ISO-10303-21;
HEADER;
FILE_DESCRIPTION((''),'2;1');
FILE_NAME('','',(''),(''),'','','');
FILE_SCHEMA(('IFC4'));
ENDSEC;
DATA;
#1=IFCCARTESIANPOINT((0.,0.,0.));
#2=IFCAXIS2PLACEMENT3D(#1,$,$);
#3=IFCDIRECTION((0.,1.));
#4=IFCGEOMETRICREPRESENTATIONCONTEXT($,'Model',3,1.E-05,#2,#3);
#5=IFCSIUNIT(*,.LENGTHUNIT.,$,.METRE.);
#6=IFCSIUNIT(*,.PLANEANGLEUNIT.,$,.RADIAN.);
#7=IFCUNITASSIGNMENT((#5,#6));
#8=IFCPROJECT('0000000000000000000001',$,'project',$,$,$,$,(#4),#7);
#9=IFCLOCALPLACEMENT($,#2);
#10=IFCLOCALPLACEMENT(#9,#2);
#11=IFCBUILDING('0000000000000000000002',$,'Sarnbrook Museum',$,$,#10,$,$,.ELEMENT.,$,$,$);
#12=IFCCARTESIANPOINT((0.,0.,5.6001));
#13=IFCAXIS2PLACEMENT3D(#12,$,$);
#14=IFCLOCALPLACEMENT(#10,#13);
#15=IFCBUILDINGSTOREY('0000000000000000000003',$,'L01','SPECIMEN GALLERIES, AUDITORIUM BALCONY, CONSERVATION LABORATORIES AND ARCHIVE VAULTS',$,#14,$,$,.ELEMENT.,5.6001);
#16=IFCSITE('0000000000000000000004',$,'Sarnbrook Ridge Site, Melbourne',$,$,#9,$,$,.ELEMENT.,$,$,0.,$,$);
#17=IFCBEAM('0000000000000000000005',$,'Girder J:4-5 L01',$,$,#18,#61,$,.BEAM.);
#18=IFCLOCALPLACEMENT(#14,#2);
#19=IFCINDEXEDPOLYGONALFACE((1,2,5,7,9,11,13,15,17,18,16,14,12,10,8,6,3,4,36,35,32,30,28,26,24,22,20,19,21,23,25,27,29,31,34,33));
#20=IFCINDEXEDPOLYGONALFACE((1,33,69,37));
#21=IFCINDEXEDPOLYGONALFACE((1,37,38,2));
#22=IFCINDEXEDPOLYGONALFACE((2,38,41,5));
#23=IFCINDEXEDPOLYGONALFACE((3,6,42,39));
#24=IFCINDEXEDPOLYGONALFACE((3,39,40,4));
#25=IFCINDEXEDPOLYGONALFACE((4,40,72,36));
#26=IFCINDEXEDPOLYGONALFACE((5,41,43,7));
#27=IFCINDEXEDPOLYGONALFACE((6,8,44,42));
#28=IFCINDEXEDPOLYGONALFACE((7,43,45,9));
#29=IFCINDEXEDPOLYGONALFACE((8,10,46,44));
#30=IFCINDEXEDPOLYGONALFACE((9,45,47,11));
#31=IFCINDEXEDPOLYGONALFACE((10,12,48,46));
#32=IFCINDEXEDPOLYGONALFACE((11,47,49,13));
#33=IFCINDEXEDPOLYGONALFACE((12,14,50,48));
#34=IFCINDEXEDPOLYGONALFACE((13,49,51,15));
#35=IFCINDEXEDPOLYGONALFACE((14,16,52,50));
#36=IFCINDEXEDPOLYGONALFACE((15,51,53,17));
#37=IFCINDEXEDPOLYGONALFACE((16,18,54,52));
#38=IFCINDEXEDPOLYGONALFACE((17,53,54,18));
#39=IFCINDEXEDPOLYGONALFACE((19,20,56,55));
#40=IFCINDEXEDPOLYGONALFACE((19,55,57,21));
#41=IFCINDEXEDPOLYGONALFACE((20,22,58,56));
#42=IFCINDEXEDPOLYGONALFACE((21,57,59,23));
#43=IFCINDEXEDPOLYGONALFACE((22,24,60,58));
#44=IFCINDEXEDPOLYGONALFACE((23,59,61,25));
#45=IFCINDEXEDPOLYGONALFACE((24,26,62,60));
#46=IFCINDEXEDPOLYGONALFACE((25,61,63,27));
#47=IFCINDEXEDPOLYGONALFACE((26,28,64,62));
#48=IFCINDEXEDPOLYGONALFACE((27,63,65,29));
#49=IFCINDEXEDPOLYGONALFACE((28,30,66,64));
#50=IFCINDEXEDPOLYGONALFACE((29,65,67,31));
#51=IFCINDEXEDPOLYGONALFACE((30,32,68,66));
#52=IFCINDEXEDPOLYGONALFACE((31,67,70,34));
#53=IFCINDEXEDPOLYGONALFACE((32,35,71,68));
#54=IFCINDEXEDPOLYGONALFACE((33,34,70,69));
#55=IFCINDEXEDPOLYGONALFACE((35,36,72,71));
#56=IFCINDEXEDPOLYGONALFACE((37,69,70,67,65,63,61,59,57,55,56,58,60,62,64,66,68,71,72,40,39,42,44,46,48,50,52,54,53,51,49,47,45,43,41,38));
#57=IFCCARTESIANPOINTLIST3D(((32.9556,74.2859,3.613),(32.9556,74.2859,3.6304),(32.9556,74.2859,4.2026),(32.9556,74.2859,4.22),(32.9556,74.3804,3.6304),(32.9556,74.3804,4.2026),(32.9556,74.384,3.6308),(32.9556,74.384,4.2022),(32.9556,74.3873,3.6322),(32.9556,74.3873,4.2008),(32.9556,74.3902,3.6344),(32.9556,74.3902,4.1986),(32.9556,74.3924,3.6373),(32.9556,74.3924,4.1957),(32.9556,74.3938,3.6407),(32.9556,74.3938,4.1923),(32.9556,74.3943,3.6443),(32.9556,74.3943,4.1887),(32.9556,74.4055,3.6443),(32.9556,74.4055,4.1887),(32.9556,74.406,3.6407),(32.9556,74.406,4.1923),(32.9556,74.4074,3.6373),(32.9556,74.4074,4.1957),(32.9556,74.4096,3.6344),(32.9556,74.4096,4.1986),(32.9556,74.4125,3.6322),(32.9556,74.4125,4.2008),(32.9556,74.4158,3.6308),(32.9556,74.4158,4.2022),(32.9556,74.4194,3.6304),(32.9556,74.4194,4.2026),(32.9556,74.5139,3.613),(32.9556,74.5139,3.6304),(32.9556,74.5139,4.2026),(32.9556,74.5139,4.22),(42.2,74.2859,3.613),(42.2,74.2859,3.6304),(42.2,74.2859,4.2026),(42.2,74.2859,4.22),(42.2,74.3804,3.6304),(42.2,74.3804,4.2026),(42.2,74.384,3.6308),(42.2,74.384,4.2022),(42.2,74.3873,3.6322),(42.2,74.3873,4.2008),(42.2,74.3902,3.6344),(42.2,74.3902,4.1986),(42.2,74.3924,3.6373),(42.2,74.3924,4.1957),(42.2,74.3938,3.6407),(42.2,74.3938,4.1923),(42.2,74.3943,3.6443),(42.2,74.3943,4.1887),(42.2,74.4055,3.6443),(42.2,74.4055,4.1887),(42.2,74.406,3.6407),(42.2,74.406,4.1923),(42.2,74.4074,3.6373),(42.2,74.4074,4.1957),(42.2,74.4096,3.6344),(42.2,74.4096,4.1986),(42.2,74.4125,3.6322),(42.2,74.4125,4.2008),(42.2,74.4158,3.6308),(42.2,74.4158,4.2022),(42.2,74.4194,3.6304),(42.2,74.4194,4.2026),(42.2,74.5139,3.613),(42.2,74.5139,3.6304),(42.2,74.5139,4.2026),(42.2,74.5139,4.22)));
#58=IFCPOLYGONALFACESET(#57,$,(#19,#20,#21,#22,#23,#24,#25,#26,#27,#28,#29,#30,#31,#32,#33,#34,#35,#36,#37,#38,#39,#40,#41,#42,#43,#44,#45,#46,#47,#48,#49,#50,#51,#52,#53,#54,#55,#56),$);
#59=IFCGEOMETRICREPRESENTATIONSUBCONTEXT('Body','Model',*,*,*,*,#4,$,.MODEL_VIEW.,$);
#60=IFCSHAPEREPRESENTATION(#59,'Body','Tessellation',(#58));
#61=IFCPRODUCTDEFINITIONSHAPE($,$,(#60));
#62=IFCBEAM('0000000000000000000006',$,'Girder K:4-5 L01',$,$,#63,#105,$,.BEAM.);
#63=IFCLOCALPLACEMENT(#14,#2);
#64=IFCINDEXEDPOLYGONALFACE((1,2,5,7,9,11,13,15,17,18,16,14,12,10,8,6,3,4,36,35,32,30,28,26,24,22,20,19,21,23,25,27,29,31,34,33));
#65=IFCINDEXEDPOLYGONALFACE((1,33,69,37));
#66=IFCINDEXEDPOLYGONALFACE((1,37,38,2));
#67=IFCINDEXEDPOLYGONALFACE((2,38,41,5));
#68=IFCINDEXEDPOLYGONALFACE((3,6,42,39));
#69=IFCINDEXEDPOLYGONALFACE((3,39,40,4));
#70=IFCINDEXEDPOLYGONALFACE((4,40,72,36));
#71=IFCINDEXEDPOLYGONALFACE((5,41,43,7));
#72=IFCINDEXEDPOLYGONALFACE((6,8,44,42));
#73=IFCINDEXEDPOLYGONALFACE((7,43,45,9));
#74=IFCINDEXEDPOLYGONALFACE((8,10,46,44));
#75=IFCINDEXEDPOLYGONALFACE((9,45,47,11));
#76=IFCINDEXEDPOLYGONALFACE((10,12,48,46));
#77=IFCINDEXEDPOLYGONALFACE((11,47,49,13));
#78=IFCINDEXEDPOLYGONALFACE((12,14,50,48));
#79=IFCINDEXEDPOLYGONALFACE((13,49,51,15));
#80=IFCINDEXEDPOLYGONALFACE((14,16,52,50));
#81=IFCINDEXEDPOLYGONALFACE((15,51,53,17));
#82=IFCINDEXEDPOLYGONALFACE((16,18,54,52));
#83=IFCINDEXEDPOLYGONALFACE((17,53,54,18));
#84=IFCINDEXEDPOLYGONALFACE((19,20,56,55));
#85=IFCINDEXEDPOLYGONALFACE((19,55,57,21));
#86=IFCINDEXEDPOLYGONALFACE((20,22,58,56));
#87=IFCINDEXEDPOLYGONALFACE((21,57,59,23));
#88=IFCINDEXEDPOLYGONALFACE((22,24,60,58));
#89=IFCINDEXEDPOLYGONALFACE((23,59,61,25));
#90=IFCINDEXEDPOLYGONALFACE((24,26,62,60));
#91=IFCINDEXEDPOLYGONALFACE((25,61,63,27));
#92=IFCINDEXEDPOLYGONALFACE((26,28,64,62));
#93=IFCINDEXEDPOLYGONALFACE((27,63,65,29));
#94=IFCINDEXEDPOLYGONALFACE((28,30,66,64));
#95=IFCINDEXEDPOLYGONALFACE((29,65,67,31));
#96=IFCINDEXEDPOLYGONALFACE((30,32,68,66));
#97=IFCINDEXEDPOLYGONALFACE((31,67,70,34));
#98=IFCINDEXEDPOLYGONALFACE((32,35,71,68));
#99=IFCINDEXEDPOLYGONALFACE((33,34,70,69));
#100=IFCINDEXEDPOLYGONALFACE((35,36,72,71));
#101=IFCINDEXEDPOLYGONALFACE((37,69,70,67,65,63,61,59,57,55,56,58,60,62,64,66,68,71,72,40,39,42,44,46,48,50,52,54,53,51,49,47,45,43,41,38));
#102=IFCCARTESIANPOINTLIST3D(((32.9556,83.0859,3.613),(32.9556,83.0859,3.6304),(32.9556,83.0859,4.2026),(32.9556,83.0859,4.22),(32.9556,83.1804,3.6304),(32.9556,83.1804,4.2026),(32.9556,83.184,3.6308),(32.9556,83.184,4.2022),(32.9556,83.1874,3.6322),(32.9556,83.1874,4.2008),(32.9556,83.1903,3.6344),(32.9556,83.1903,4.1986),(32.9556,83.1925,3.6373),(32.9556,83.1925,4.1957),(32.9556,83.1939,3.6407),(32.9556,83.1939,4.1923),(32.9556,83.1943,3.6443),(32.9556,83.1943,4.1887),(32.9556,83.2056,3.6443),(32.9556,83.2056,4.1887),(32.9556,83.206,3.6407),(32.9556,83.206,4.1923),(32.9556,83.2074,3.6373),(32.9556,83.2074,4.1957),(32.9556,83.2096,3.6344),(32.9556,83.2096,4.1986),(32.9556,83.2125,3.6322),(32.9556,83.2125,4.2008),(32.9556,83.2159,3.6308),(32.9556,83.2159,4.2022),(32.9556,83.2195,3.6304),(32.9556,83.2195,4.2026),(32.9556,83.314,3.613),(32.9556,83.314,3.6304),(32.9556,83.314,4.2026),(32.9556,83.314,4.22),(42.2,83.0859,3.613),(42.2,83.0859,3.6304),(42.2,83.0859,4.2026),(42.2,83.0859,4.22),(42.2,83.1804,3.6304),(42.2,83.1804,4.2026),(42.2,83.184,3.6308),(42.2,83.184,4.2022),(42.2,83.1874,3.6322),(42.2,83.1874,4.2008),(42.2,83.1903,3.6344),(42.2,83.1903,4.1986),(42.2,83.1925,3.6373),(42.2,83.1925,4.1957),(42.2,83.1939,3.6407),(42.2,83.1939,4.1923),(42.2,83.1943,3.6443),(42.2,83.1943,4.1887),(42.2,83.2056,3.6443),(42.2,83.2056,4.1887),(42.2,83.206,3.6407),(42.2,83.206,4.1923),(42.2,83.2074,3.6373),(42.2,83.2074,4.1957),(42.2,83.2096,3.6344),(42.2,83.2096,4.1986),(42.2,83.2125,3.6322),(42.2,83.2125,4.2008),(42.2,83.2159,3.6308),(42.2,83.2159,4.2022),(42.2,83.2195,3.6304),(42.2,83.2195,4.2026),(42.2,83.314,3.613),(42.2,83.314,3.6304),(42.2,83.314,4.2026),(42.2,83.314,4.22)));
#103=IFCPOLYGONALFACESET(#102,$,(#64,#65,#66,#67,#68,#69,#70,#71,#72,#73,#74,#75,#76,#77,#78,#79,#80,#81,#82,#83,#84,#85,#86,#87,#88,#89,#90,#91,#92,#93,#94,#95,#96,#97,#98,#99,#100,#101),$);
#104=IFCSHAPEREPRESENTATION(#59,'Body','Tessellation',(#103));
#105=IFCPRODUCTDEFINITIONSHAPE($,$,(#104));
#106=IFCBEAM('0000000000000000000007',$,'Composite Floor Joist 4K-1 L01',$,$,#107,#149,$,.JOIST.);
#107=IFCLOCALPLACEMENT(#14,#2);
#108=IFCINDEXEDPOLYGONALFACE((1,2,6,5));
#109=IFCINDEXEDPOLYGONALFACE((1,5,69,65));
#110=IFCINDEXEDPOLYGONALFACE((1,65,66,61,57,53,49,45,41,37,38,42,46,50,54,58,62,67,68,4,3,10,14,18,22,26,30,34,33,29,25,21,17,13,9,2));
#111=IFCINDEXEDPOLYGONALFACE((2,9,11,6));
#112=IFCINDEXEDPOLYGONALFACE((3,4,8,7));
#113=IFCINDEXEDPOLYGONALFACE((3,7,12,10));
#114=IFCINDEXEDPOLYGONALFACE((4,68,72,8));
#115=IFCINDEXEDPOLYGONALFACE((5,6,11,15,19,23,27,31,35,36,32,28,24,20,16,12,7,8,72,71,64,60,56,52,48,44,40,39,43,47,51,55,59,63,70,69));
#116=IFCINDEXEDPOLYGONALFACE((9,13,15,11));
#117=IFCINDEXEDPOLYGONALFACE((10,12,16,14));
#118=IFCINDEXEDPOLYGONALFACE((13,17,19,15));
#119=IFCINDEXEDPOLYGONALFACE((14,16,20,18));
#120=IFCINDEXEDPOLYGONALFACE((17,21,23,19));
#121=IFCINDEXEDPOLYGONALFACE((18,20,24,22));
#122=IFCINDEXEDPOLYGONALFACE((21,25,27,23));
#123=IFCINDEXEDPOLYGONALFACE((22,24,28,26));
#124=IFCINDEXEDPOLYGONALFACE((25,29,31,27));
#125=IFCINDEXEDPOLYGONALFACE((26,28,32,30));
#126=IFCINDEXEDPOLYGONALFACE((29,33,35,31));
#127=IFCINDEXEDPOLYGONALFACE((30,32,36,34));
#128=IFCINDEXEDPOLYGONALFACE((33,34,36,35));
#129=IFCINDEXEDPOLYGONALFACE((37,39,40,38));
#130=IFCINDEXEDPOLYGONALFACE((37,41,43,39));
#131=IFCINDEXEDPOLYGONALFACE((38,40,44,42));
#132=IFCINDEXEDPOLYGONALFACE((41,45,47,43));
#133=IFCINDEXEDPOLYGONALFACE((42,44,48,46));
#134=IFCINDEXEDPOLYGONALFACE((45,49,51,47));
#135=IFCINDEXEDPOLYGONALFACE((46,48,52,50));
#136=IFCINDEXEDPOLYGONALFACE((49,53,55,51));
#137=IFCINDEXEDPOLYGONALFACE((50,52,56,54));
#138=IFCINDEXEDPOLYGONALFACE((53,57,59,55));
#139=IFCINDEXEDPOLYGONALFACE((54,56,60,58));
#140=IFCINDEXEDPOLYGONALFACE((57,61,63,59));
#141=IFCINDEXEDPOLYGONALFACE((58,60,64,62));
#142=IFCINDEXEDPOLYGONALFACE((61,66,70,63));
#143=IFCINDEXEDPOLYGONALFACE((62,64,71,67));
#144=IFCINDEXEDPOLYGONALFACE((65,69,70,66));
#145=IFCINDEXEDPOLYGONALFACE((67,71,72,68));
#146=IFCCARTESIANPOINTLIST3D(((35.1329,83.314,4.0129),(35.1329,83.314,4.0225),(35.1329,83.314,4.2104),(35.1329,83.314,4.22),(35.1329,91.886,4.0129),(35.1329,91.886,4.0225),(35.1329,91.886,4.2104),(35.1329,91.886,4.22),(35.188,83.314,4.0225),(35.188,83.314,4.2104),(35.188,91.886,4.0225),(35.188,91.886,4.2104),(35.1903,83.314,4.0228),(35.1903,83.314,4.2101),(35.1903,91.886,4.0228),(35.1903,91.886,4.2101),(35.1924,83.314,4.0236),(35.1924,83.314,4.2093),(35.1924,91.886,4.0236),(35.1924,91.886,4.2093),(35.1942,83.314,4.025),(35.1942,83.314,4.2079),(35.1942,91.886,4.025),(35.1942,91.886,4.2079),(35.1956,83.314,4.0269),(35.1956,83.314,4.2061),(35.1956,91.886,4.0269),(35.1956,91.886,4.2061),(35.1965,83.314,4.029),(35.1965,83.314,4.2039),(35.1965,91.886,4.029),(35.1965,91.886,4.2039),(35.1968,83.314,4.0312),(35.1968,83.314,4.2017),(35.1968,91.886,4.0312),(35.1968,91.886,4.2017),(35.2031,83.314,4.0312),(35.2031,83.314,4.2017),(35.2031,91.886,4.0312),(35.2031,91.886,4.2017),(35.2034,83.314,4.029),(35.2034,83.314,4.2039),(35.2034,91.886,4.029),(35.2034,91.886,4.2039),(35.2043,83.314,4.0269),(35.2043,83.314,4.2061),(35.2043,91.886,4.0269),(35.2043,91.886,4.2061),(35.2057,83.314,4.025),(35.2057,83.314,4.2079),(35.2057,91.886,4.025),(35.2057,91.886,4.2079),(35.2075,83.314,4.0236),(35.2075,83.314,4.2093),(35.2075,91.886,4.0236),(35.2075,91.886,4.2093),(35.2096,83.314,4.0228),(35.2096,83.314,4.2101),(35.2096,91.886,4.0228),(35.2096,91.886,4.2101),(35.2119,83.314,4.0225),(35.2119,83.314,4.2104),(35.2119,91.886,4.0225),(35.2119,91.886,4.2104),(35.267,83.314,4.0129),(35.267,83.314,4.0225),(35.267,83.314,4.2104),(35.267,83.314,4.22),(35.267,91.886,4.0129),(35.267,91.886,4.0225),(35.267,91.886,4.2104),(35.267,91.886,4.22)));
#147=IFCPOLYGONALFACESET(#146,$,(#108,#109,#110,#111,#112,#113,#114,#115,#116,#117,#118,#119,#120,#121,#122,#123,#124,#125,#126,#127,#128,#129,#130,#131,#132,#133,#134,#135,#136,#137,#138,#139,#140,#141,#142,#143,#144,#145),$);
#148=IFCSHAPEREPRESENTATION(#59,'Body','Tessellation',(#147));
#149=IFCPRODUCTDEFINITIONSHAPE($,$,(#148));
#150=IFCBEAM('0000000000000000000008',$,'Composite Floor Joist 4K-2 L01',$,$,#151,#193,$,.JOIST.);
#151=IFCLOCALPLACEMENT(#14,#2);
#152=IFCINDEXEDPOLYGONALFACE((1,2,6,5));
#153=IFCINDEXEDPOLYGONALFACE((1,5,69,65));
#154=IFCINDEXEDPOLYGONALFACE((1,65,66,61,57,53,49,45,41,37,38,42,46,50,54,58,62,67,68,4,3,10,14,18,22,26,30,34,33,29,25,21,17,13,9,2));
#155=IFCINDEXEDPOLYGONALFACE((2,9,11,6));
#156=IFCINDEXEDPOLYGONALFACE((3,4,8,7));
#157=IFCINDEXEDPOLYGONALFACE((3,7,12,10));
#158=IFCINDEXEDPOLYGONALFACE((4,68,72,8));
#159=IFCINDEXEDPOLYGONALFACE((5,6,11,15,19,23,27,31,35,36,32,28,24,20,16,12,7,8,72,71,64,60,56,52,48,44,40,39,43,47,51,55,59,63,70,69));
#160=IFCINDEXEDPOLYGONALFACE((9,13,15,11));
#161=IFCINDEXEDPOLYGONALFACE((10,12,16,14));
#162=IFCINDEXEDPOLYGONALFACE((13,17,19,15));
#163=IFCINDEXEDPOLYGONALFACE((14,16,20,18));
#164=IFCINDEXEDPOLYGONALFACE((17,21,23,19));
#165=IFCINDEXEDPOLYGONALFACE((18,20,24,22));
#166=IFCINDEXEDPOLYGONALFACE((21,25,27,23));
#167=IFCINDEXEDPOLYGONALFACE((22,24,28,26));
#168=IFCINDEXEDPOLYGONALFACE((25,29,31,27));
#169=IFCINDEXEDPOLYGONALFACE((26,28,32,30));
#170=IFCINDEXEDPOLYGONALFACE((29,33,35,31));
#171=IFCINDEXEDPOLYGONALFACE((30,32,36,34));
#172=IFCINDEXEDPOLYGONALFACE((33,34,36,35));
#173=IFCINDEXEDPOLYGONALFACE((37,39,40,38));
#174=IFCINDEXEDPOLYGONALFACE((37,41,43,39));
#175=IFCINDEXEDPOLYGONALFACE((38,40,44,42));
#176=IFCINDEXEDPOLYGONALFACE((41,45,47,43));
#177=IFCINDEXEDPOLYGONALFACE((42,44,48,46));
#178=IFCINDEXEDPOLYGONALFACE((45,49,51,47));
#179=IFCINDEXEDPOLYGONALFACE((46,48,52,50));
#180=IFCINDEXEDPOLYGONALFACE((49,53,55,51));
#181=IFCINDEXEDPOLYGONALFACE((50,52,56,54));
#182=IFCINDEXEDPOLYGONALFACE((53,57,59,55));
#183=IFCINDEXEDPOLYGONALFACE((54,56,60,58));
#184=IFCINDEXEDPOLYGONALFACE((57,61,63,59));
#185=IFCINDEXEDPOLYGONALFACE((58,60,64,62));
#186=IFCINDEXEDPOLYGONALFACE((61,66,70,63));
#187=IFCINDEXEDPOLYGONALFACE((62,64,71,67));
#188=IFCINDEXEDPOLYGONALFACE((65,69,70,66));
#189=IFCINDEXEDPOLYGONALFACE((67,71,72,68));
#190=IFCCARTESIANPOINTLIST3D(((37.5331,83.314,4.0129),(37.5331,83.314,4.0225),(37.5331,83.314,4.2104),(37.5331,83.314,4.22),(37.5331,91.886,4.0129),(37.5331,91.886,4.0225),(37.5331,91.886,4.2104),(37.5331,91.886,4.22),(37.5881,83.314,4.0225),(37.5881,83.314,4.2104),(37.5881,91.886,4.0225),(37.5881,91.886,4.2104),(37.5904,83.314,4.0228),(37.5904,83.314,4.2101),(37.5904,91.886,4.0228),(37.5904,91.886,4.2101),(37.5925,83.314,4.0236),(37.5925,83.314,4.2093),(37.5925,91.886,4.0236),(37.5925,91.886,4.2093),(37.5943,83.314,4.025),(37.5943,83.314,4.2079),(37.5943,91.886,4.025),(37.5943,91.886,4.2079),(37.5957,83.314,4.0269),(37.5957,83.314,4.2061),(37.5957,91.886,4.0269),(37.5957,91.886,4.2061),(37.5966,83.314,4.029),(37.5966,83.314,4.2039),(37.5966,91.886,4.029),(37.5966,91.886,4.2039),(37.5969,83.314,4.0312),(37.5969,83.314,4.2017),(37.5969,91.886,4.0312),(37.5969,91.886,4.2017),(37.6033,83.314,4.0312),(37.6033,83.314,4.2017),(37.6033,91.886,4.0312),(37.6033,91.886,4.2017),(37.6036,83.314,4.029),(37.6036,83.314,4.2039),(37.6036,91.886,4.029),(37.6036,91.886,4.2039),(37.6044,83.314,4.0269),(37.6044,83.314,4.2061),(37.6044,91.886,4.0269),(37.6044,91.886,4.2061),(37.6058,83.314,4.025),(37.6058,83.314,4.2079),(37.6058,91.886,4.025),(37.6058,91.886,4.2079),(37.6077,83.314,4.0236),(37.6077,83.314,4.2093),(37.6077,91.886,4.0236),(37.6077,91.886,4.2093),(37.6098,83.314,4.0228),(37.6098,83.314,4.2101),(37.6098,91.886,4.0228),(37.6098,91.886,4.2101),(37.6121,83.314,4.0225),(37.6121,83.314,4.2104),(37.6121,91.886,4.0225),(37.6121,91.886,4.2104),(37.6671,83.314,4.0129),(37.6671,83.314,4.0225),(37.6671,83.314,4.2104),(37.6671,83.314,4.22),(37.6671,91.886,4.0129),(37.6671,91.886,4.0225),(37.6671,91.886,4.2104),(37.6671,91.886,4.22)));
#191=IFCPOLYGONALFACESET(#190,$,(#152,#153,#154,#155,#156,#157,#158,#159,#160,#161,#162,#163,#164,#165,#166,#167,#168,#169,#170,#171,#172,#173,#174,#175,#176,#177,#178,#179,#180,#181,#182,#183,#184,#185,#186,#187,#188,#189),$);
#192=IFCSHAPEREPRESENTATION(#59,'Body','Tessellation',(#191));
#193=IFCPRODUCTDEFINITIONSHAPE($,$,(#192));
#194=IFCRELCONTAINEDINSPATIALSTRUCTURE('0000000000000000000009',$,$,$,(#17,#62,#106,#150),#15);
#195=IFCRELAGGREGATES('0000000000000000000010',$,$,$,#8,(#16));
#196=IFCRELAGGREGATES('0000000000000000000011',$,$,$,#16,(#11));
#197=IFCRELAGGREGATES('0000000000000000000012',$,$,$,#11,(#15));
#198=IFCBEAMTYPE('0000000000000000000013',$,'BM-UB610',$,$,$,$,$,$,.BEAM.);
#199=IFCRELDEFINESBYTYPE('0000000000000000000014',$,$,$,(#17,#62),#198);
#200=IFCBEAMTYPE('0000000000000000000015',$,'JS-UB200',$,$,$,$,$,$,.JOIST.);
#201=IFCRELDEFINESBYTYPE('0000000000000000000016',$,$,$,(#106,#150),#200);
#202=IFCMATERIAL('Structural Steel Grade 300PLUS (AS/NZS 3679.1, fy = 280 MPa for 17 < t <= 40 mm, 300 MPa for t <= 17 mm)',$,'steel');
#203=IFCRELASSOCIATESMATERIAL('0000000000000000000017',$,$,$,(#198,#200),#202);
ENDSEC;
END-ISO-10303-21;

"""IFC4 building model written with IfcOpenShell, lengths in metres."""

from ifc_helpers import new_model, si_unit, direction, frame, origin, origin_2d, place, context, subcontext, project, spatial, i_section, extrude, material, material_profile, profile_set, type_object, element, save


model = new_model("IFC4")

# Units and contexts
model_context = context("Model", 3, precision=1e-05, world=origin(), true_north=direction((0.0, 1.0)))
body_context = subcontext(model_context, "Body", "Model", "MODEL_VIEW")
ifc_project = project(units=[si_unit("LENGTHUNIT", "METRE"), si_unit("PLANEANGLEUNIT", "RADIAN")], contexts=[model_context])

# Site, building, storey
site_placement = place(None, origin())
site = spatial("IfcSite", under=ifc_project, at=site_placement, Name="Sarnbrook Ridge Site, Melbourne", CompositionType="ELEMENT", RefElevation=0.0)
building_placement = place(site_placement, origin())
building = spatial("IfcBuilding", under=site, at=building_placement, Name="Sarnbrook Museum", CompositionType="ELEMENT")
storey_placement = place(building_placement, frame((0.0, 0.0, 5.6001)))
storey = spatial("IfcBuildingStorey", under=building, at=storey_placement, Name="L01", Description="SPECIMEN GALLERIES, AUDITORIUM BALCONY, CONSERVATION LABORATORIES AND ARCHIVE VAULTS", CompositionType="ELEMENT", Elevation=5.6001)

# Shared definitions
ifc_material_1 = material(Name="Structural Steel Grade 300PLUS (AS/NZS 3679.1, fy = 280 MPa for 17 < t <= 40 mm, 300 MPa for t <= 17 mm)", Category="steel")

# Beams
ifc_material_profile_1 = material_profile(ifc_material_1, i_section(OverallWidth=0.228, OverallDepth=0.6069, WebThickness=0.0112, FlangeThickness=0.0173, FilletRadius=0.0139, at=origin_2d()), Name="610UB113")
ifc_profile_set_1 = profile_set([ifc_material_profile_1], Name="Structural Steel Grade 300PLUS (AS/NZS 3679.1, fy = 280 MPa for 17 < t <= 40 mm, 300 MPa for t <= 17 mm)")
beam_type_1 = type_object("IfcBeamType", Name="BM-UB610", PredefinedType="BEAM", material=ifc_profile_set_1)
for number, where, z_axis, x_axis, name in (
    (1, (32.9556, 74.3999, 3.9165), (1.0, 0.0, 0.0), (0.0, 1.0, 0.0), "Girder J:4-5 L01"),
    (2, (32.9556, 83.2, 3.9165), (1.0, 0.0, 0.0), (0.0, 1.0, 0.0), "Girder K:4-5 L01"),
):
    element("IfcBeam", number, at=place(storey_placement, frame(where, z_axis=z_axis, x_axis=x_axis)), inside=storey, type_object=beam_type_1, Name=name, PredefinedType="BEAM", context=body_context, shape_type="SweptSolid", body=[
        extrude(i_section(OverallWidth=0.228, OverallDepth=0.6069, WebThickness=0.0112, FlangeThickness=0.0173, FilletRadius=0.0139, at=origin_2d()), origin(), (0.0, 0.0, 1.0), 9.2444),
    ])
ifc_material_profile_2 = material_profile(ifc_material_1, i_section(OverallWidth=0.134, OverallDepth=0.207, WebThickness=0.0063, FlangeThickness=0.0095, FilletRadius=0.0088, at=origin_2d()), Name="200UB29.8")
ifc_profile_set_2 = profile_set([ifc_material_profile_2], Name="Structural Steel Grade 300PLUS (AS/NZS 3679.1, fy = 280 MPa for 17 < t <= 40 mm, 300 MPa for t <= 17 mm)")
beam_type_2 = type_object("IfcBeamType", Name="JS-UB200", PredefinedType="JOIST", material=ifc_profile_set_2)
for number, where, z_axis, x_axis, name in (
    (3, (35.2, 83.314, 4.1165), (0.0, 1.0, 0.0), (-1.0, 0.0, 0.0), "Composite Floor Joist 4K-1 L01"),
    (4, (37.6001, 83.314, 4.1165), (0.0, 1.0, 0.0), (-1.0, 0.0, 0.0), "Composite Floor Joist 4K-2 L01"),
):
    element("IfcBeam", number, at=place(storey_placement, frame(where, z_axis=z_axis, x_axis=x_axis)), inside=storey, type_object=beam_type_2, Name=name, PredefinedType="JOIST", context=body_context, shape_type="SweptSolid", body=[
        extrude(i_section(OverallWidth=0.134, OverallDepth=0.207, WebThickness=0.0063, FlangeThickness=0.0095, FilletRadius=0.0088, at=origin_2d()), origin(), (0.0, 0.0, 1.0), 8.572),
    ])

save(model, "model.ifc")
